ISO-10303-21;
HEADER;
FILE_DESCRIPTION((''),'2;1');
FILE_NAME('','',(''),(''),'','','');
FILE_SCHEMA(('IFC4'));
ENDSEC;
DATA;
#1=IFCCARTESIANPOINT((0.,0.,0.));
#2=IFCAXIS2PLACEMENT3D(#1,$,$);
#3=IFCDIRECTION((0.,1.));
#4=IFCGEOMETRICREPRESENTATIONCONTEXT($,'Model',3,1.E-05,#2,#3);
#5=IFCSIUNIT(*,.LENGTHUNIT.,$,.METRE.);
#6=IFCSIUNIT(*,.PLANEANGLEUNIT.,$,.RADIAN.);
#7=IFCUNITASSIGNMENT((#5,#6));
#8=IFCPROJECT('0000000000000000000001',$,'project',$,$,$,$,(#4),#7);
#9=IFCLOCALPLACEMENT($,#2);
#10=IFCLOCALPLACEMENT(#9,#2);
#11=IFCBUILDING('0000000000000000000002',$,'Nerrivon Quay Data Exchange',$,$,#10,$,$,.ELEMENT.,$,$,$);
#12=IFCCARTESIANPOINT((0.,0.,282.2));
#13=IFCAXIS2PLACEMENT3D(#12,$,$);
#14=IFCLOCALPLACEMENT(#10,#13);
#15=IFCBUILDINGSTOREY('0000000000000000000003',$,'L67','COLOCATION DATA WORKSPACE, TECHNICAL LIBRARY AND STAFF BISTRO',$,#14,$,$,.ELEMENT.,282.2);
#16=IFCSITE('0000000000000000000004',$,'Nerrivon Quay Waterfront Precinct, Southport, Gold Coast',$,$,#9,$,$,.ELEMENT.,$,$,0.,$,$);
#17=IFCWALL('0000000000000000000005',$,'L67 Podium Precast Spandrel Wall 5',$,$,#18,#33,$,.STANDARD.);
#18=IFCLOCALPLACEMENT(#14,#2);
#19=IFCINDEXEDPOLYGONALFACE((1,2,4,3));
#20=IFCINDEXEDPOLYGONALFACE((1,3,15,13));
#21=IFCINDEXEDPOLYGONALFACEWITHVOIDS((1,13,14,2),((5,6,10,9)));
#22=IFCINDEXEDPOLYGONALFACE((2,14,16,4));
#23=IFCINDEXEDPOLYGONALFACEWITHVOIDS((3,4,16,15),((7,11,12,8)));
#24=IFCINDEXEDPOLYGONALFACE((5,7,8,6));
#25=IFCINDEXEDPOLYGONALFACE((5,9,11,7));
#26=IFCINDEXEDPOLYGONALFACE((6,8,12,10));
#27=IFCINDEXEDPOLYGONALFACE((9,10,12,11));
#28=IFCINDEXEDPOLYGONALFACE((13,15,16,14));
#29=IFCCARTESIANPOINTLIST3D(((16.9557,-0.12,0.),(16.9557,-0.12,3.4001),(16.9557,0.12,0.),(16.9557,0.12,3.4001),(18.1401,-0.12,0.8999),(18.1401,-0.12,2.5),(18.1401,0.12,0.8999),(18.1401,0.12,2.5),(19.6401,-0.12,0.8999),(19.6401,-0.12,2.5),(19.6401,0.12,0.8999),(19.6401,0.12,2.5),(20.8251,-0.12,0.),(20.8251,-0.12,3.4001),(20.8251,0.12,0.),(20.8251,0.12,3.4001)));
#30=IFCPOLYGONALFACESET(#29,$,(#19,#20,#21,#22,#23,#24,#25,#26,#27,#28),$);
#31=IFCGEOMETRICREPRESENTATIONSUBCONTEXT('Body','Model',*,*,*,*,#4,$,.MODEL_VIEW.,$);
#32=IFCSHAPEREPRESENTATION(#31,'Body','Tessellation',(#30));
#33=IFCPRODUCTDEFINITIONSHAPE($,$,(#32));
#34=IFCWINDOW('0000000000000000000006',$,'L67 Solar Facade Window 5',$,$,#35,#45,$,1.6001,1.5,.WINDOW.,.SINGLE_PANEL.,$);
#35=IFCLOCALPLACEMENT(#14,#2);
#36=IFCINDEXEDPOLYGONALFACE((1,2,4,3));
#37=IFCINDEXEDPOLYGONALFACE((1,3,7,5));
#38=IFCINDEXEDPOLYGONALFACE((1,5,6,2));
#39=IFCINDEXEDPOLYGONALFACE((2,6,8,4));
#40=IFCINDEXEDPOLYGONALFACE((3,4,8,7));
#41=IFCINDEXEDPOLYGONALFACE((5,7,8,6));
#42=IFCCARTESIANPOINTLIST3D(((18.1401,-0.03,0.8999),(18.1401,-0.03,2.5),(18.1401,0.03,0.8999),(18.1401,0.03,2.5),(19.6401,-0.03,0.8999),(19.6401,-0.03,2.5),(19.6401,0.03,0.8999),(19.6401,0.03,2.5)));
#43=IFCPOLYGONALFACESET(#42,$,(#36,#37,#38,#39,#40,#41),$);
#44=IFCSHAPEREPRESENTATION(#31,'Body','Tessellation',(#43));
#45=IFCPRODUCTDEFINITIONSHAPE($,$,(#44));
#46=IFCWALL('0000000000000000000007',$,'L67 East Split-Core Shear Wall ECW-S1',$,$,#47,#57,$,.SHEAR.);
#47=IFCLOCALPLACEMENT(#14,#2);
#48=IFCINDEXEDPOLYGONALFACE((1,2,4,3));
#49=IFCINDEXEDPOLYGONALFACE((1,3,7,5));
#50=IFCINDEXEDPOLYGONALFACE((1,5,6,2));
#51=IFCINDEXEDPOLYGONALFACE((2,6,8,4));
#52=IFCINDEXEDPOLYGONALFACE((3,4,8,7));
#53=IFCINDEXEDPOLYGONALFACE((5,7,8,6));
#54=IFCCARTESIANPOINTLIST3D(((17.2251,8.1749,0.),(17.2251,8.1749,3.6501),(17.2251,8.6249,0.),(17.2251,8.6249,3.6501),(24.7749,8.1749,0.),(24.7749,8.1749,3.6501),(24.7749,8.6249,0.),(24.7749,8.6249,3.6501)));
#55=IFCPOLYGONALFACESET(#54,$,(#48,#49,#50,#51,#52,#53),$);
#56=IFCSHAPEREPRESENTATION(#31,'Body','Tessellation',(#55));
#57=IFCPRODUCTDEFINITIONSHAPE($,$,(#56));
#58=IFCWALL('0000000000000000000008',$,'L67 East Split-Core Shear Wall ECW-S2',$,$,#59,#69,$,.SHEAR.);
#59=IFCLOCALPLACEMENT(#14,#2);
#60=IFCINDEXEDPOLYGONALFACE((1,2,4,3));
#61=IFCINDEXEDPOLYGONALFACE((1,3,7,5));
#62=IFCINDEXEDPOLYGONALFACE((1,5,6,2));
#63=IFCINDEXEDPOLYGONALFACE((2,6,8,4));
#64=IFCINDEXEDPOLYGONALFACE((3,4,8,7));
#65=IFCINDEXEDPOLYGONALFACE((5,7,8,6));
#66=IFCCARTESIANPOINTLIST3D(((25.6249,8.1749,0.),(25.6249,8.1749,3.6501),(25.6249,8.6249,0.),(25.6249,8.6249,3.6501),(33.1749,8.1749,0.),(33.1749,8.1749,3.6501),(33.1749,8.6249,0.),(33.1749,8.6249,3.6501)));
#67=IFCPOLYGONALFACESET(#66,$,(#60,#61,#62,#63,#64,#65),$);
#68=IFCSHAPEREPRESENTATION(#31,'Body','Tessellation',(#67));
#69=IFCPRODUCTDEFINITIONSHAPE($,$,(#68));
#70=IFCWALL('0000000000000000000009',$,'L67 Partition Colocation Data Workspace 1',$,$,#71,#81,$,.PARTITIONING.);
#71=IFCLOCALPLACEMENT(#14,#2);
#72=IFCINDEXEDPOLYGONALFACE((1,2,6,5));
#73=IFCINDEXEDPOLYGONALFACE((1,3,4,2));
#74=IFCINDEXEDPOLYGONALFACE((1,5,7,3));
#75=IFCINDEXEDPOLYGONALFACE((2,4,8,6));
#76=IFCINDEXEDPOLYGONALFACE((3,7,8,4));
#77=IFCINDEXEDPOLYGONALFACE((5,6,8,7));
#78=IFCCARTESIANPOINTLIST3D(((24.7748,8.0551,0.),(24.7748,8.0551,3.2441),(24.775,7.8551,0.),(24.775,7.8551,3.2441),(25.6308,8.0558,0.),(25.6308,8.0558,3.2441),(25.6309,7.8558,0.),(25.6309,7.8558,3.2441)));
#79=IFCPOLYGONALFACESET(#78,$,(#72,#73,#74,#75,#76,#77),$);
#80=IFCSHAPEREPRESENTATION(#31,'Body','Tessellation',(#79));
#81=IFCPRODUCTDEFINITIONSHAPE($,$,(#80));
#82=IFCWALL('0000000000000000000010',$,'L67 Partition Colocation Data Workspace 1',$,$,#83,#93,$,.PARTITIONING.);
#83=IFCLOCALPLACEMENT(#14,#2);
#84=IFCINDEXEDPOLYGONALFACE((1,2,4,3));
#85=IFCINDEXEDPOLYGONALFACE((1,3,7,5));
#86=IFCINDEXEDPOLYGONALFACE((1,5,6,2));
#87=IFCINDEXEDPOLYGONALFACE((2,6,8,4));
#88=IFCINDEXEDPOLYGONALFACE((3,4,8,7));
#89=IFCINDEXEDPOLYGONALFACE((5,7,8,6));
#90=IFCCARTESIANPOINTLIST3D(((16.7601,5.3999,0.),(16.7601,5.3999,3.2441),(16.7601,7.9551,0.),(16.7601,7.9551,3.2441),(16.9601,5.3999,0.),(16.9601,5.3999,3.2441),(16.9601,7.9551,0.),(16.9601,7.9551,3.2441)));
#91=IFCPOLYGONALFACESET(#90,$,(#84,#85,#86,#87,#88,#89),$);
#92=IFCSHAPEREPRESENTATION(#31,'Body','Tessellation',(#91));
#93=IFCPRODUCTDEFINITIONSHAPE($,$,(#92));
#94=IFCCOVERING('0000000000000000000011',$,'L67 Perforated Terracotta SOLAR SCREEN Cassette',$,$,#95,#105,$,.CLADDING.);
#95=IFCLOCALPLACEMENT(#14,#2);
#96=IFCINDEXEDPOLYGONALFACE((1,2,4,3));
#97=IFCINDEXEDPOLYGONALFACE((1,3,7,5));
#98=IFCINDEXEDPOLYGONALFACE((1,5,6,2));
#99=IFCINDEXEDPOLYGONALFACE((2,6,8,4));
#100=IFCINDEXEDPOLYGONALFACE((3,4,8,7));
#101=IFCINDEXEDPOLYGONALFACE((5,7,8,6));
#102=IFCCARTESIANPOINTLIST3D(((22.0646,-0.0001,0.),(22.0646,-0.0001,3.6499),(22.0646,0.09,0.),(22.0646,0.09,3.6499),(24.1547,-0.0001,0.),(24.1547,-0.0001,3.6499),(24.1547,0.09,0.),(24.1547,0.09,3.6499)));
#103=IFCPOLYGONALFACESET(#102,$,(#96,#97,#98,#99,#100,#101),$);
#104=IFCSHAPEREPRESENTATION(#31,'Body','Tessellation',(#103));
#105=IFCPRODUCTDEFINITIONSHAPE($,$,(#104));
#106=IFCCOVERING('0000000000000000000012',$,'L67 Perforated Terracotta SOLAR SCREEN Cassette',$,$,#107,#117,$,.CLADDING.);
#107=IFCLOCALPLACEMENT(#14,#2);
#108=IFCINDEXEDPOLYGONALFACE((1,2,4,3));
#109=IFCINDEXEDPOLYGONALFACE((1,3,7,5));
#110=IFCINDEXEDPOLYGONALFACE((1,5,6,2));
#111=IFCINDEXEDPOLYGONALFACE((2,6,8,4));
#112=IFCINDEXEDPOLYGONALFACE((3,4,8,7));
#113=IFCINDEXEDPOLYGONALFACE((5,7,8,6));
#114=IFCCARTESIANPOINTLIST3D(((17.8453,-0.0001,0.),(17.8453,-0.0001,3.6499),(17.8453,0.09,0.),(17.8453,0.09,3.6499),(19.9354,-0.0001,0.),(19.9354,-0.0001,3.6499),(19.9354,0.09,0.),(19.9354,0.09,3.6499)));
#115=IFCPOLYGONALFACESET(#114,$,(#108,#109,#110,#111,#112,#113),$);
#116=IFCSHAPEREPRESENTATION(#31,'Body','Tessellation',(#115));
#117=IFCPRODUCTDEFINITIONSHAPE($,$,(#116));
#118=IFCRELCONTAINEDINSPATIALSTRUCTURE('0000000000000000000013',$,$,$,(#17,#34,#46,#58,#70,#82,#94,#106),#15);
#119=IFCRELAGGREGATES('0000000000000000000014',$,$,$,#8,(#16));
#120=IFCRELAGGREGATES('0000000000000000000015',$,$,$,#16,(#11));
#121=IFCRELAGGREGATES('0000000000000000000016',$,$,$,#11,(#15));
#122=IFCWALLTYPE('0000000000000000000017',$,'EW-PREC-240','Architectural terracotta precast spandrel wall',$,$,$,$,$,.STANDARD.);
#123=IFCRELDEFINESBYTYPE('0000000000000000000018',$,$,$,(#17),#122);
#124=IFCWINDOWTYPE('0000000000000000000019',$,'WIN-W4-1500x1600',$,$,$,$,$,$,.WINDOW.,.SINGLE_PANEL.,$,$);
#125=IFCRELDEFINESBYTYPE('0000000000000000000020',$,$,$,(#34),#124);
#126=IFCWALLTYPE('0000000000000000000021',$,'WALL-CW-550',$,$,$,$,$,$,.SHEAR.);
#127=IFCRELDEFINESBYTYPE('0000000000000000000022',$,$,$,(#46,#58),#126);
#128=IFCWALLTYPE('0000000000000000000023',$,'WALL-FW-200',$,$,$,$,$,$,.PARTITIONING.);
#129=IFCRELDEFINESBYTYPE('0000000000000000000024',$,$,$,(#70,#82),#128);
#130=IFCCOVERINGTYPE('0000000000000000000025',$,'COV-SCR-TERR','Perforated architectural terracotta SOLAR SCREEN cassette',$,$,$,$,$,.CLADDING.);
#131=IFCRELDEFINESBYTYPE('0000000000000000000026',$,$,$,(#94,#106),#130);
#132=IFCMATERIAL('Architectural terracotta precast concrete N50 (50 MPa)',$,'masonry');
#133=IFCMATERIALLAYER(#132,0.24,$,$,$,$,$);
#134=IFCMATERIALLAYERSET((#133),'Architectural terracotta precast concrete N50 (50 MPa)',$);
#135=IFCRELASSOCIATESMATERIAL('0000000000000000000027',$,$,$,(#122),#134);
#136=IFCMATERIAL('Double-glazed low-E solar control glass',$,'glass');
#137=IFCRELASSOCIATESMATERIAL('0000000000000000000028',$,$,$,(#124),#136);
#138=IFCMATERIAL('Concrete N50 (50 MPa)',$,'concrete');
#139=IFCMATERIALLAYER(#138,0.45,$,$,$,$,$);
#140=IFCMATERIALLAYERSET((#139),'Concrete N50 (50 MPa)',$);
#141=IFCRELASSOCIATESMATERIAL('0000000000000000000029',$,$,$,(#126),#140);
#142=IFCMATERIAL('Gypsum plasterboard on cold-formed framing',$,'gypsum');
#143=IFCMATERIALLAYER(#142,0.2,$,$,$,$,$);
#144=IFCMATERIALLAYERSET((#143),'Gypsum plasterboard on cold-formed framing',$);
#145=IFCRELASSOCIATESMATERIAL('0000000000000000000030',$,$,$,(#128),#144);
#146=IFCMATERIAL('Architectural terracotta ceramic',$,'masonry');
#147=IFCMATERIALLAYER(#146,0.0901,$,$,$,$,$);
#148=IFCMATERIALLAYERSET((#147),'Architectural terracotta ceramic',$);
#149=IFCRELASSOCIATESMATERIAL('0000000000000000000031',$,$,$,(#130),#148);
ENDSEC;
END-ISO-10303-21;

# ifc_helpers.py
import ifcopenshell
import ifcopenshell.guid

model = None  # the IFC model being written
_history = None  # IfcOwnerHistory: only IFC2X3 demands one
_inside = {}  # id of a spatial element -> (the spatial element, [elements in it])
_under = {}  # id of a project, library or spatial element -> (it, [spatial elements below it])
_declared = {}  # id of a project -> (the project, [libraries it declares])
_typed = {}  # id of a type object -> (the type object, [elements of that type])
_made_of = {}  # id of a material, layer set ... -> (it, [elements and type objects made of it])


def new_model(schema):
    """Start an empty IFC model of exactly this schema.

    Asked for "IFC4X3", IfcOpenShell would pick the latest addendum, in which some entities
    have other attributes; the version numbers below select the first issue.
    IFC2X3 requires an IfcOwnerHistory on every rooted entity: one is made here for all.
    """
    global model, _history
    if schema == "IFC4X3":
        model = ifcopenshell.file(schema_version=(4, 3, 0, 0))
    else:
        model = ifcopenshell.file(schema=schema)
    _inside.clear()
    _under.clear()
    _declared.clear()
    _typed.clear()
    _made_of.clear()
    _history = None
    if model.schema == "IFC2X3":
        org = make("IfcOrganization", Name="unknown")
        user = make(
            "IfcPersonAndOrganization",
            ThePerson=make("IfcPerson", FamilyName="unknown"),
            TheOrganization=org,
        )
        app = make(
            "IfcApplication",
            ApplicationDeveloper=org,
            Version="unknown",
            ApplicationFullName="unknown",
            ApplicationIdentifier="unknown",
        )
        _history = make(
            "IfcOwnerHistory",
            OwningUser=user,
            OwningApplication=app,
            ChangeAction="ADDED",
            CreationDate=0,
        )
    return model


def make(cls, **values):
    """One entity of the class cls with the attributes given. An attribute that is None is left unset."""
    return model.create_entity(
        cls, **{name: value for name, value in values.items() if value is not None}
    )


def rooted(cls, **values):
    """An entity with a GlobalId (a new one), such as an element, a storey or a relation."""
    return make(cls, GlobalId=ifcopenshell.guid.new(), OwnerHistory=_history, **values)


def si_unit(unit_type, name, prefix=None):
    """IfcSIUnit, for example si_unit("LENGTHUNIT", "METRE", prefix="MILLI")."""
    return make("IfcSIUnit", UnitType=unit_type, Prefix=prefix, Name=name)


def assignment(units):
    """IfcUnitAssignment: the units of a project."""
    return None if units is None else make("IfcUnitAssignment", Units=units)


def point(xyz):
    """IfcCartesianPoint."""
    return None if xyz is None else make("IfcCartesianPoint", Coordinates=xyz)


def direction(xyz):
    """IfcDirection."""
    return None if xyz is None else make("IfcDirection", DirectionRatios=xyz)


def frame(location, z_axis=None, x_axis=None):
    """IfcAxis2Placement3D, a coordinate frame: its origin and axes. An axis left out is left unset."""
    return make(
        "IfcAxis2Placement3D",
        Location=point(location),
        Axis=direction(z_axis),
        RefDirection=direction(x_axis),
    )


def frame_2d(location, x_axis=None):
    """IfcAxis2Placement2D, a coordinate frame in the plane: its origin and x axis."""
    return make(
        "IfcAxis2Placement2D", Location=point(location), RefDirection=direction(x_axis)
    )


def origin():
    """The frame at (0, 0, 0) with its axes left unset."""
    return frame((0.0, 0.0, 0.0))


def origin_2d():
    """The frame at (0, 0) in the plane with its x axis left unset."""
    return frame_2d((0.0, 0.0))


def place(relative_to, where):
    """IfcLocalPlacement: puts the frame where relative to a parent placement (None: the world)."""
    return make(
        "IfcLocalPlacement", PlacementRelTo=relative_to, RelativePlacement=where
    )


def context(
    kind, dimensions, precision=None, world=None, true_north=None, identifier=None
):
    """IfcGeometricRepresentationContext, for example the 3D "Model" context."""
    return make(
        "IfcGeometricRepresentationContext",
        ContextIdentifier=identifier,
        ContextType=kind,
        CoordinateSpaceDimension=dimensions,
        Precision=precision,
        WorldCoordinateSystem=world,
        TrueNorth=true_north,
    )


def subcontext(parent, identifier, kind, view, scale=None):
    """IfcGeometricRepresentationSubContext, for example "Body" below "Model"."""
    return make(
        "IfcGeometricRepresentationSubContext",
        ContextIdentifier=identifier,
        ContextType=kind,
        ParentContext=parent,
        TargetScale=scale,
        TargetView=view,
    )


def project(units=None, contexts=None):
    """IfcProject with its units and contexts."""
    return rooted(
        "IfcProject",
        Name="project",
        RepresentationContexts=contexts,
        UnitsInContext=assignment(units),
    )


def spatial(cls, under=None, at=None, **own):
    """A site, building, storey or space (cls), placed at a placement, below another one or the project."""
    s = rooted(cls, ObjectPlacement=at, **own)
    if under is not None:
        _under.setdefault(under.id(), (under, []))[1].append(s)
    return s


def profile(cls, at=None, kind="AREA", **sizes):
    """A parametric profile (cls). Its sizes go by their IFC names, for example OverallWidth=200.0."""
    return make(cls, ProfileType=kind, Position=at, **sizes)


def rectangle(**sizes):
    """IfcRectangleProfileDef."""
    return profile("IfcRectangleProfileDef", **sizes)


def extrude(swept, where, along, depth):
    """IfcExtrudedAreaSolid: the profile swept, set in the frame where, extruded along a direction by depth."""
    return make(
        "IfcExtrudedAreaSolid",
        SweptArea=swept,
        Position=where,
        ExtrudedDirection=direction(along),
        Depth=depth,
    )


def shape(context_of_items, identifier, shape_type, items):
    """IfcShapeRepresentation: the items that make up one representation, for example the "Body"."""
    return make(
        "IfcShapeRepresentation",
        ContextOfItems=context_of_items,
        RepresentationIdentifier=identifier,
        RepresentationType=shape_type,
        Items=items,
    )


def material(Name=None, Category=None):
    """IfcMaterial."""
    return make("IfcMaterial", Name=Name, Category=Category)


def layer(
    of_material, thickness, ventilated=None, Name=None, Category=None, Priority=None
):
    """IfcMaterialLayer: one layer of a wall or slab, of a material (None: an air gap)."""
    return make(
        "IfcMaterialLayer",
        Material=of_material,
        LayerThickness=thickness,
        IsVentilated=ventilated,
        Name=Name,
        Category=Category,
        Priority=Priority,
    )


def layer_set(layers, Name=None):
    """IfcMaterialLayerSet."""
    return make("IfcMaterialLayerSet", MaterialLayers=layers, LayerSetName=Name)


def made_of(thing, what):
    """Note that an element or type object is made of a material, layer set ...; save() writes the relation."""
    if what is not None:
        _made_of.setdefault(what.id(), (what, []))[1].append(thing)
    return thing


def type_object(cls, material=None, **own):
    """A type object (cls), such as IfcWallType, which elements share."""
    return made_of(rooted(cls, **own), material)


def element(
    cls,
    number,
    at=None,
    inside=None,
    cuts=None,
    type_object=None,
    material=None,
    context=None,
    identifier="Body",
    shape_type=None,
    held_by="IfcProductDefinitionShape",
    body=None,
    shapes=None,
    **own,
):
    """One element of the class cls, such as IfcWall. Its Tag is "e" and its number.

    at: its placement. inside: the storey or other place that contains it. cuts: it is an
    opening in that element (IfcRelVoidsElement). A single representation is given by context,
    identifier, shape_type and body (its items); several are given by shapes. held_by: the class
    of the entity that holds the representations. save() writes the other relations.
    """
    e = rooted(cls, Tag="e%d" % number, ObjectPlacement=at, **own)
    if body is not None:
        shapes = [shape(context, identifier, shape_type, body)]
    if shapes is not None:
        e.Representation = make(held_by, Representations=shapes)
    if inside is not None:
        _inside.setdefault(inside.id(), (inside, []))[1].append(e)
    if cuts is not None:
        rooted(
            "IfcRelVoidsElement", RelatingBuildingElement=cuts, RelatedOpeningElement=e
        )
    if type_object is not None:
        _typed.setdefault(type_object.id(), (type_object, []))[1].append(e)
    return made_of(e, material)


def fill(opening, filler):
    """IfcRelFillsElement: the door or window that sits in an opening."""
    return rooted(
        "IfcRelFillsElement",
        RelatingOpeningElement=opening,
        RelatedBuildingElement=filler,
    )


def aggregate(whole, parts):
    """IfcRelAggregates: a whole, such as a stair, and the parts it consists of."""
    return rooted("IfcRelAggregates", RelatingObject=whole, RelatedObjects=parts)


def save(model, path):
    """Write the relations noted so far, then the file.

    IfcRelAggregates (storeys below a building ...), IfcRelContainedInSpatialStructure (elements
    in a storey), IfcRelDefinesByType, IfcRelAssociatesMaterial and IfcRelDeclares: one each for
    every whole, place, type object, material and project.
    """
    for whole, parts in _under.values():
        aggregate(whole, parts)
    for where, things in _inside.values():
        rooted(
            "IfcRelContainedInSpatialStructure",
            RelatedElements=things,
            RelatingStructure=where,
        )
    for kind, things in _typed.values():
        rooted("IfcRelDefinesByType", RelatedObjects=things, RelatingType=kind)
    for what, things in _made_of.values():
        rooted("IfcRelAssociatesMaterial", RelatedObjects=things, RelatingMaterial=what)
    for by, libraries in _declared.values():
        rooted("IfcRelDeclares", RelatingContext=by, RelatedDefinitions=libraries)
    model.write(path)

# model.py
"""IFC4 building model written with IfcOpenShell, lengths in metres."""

from ifc_helpers import new_model, si_unit, direction, frame, frame_2d, origin, origin_2d, place, context, subcontext, project, spatial, rectangle, extrude, material, layer, layer_set, type_object, element, fill, save


model = new_model("IFC4")

# Units and contexts
model_context = context("Model", 3, precision=1e-05, world=origin(), true_north=direction((0.0, 1.0)))
body_context = subcontext(model_context, "Body", "Model", "MODEL_VIEW")
ifc_project = project(units=[si_unit("LENGTHUNIT", "METRE"), si_unit("PLANEANGLEUNIT", "RADIAN")], contexts=[model_context])

# Site, building, storey
site_placement = place(None, origin())
site = spatial("IfcSite", under=ifc_project, at=site_placement, Name="Nerrivon Quay Waterfront Precinct, Southport, Gold Coast", CompositionType="ELEMENT", RefElevation=0.0)
building_placement = place(site_placement, origin())
building = spatial("IfcBuilding", under=site, at=building_placement, Name="Nerrivon Quay Data Exchange", CompositionType="ELEMENT")
storey_placement = place(building_placement, frame((0.0, 0.0, 282.2)))
storey = spatial("IfcBuildingStorey", under=building, at=storey_placement, Name="L67", Description="COLOCATION DATA WORKSPACE, TECHNICAL LIBRARY AND STAFF BISTRO", CompositionType="ELEMENT", Elevation=282.2)

# Shared definitions
ifc_material_1 = material(Name="Concrete N50 (50 MPa)", Category="concrete")

# Shared definitions
ifc_material_2 = material(Name="Double-glazed low-E solar control glass", Category="glass")

# Wall, opening, window
ifc_material_3 = material(Name="Architectural terracotta precast concrete N50 (50 MPa)", Category="masonry")
ifc_layer_1 = layer(ifc_material_3, 0.24)
ifc_layer_set_1 = layer_set([ifc_layer_1], Name="Architectural terracotta precast concrete N50 (50 MPa)")
wall_type_1 = type_object("IfcWallType", Name="EW-PREC-240", Description="Architectural terracotta precast spandrel wall", PredefinedType="STANDARD", material=ifc_layer_set_1)
wall_1_placement = place(storey_placement, frame((20.825, 0.0, 0.0), z_axis=(0.0, 0.0, 1.0), x_axis=(-1.0, 0.0, 0.0)))
wall_1 = element("IfcWall", 1, at=wall_1_placement, inside=storey, type_object=wall_type_1, Name="L67 Podium Precast Spandrel Wall 5", PredefinedType="STANDARD", context=body_context, shape_type="SweptSolid", body=[
    extrude(rectangle(XDim=3.8694, YDim=0.24, at=frame_2d((1.9346, 0.0))), origin(), (0.0, 0.0, 1.0), 3.4001),
])
opening_placement = place(wall_1_placement, frame((1.1848, 0.0, 0.8999)))
opening = element("IfcOpeningElement", 2, at=opening_placement, cuts=wall_1, PredefinedType="OPENING", context=body_context, shape_type="SweptSolid", body=[
    extrude(rectangle(XDim=1.5, YDim=1.6001, at=frame_2d((0.75, 0.8))), frame((0.0, 0.1299, 0.0), z_axis=(0.0, -1.0, 0.0), x_axis=(1.0, 0.0, 0.0)), (0.0, 0.0, 1.0), 0.26),
])
window_type = type_object("IfcWindowType", Name="WIN-W4-1500x1600", PartitioningType="SINGLE_PANEL", PredefinedType="WINDOW", material=ifc_material_2)
window_placement = place(opening_placement, origin())
window = element("IfcWindow", 3, at=window_placement, inside=storey, type_object=window_type, Name="L67 Solar Facade Window 5", OverallHeight=1.6001, OverallWidth=1.5, PartitioningType="SINGLE_PANEL", PredefinedType="WINDOW", context=body_context, shape_type="SweptSolid", body=[
    extrude(rectangle(XDim=1.5, YDim=1.6001, at=frame_2d((0.75, 0.8))), frame((0.0, 0.03, 0.0), z_axis=(0.0, -1.0, 0.0), x_axis=(1.0, 0.0, 0.0)), (0.0, 0.0, 1.0), 0.0601),
])
fill(opening, window)

# Walls
ifc_layer_2 = layer(ifc_material_1, 0.45)
ifc_layer_set_2 = layer_set([ifc_layer_2], Name="Concrete N50 (50 MPa)")
wall_type_2 = type_object("IfcWallType", Name="WALL-CW-550", PredefinedType="SHEAR", material=ifc_layer_set_2)
wall_2_placement = place(storey_placement, frame((17.2251, 8.3999, 0.0), z_axis=(0.0, 0.0, 1.0), x_axis=(1.0, 0.0, 0.0)))
element("IfcWall", 4, at=wall_2_placement, inside=storey, type_object=wall_type_2, Name="L67 East Split-Core Shear Wall ECW-S1", PredefinedType="SHEAR", context=body_context, shape_type="SweptSolid", body=[
    extrude(rectangle(XDim=7.5498, YDim=0.45, at=frame_2d((3.7749, 0.0))), origin(), (0.0, 0.0, 1.0), 3.6501),
])
wall_3_placement = place(storey_placement, frame((25.625, 8.3999, 0.0), z_axis=(0.0, 0.0, 1.0), x_axis=(1.0, 0.0, 0.0)))
element("IfcWall", 5, at=wall_3_placement, inside=storey, type_object=wall_type_2, Name="L67 East Split-Core Shear Wall ECW-S2", PredefinedType="SHEAR", context=body_context, shape_type="SweptSolid", body=[
    extrude(rectangle(XDim=7.55, YDim=0.45, at=frame_2d((3.7749, 0.0))), origin(), (0.0, 0.0, 1.0), 3.6501),
])
ifc_material_4 = material(Name="Gypsum plasterboard on cold-formed framing", Category="gypsum")
ifc_layer_3 = layer(ifc_material_4, 0.2)
ifc_layer_set_3 = layer_set([ifc_layer_3], Name="Gypsum plasterboard on cold-formed framing")
wall_type_3 = type_object("IfcWallType", Name="WALL-FW-200", PredefinedType="PARTITIONING", material=ifc_layer_set_3)
wall_4_placement = place(storey_placement, frame((25.6309, 7.9558, 0.0), z_axis=(0.0, 0.0, 1.0), x_axis=(-1.0, -0.000856, 0.0)))
element("IfcWall", 6, at=wall_4_placement, inside=storey, type_object=wall_type_3, Name="L67 Partition Colocation Data Workspace 1", PredefinedType="PARTITIONING", context=body_context, shape_type="SweptSolid", body=[
    extrude(rectangle(XDim=0.856, YDim=0.2, at=frame_2d((0.428, 0.0))), origin(), (0.0, 0.0, 1.0), 3.2441),
])
wall_5_placement = place(storey_placement, frame((16.8601, 7.9551, 0.0), z_axis=(0.0, 0.0, 1.0), x_axis=(0.0, -1.0, 0.0)))
element("IfcWall", 7, at=wall_5_placement, inside=storey, type_object=wall_type_3, Name="L67 Partition Colocation Data Workspace 1", PredefinedType="PARTITIONING", context=body_context, shape_type="SweptSolid", body=[
    extrude(rectangle(XDim=2.5552, YDim=0.2, at=frame_2d((1.2776, 0.0))), origin(), (0.0, 0.0, 1.0), 3.2441),
])

# Coverings
ifc_material_5 = material(Name="Architectural terracotta ceramic", Category="masonry")
ifc_layer_4 = layer(ifc_material_5, 0.0901)
ifc_layer_set_4 = layer_set([ifc_layer_4], Name="Architectural terracotta ceramic")
covering_type = type_object("IfcCoveringType", Name="COV-SCR-TERR", Description="Perforated architectural terracotta SOLAR SCREEN cassette", PredefinedType="CLADDING", material=ifc_layer_set_4)
for number, where, z_axis, x_axis, name in (
    (8, (23.1096, 0.0449, 0.0), (0.0, 0.0, 1.0), (-1.0, 0.0, 0.0), "L67 Perforated Terracotta SOLAR SCREEN Cassette"),
    (9, (18.8904, 0.0449, 0.0), (0.0, 0.0, 1.0), (-1.0, 0.0, 0.0), "L67 Perforated Terracotta SOLAR SCREEN Cassette"),
):
    element("IfcCovering", number, at=place(storey_placement, frame(where, z_axis=z_axis, x_axis=x_axis)), inside=storey, type_object=covering_type, Name=name, PredefinedType="CLADDING", context=body_context, shape_type="SweptSolid", body=[
        extrude(rectangle(XDim=2.0901, YDim=0.0901, at=origin_2d()), origin(), (0.0, 0.0, 1.0), 3.6499),
    ])

save(model, "model.ifc")
